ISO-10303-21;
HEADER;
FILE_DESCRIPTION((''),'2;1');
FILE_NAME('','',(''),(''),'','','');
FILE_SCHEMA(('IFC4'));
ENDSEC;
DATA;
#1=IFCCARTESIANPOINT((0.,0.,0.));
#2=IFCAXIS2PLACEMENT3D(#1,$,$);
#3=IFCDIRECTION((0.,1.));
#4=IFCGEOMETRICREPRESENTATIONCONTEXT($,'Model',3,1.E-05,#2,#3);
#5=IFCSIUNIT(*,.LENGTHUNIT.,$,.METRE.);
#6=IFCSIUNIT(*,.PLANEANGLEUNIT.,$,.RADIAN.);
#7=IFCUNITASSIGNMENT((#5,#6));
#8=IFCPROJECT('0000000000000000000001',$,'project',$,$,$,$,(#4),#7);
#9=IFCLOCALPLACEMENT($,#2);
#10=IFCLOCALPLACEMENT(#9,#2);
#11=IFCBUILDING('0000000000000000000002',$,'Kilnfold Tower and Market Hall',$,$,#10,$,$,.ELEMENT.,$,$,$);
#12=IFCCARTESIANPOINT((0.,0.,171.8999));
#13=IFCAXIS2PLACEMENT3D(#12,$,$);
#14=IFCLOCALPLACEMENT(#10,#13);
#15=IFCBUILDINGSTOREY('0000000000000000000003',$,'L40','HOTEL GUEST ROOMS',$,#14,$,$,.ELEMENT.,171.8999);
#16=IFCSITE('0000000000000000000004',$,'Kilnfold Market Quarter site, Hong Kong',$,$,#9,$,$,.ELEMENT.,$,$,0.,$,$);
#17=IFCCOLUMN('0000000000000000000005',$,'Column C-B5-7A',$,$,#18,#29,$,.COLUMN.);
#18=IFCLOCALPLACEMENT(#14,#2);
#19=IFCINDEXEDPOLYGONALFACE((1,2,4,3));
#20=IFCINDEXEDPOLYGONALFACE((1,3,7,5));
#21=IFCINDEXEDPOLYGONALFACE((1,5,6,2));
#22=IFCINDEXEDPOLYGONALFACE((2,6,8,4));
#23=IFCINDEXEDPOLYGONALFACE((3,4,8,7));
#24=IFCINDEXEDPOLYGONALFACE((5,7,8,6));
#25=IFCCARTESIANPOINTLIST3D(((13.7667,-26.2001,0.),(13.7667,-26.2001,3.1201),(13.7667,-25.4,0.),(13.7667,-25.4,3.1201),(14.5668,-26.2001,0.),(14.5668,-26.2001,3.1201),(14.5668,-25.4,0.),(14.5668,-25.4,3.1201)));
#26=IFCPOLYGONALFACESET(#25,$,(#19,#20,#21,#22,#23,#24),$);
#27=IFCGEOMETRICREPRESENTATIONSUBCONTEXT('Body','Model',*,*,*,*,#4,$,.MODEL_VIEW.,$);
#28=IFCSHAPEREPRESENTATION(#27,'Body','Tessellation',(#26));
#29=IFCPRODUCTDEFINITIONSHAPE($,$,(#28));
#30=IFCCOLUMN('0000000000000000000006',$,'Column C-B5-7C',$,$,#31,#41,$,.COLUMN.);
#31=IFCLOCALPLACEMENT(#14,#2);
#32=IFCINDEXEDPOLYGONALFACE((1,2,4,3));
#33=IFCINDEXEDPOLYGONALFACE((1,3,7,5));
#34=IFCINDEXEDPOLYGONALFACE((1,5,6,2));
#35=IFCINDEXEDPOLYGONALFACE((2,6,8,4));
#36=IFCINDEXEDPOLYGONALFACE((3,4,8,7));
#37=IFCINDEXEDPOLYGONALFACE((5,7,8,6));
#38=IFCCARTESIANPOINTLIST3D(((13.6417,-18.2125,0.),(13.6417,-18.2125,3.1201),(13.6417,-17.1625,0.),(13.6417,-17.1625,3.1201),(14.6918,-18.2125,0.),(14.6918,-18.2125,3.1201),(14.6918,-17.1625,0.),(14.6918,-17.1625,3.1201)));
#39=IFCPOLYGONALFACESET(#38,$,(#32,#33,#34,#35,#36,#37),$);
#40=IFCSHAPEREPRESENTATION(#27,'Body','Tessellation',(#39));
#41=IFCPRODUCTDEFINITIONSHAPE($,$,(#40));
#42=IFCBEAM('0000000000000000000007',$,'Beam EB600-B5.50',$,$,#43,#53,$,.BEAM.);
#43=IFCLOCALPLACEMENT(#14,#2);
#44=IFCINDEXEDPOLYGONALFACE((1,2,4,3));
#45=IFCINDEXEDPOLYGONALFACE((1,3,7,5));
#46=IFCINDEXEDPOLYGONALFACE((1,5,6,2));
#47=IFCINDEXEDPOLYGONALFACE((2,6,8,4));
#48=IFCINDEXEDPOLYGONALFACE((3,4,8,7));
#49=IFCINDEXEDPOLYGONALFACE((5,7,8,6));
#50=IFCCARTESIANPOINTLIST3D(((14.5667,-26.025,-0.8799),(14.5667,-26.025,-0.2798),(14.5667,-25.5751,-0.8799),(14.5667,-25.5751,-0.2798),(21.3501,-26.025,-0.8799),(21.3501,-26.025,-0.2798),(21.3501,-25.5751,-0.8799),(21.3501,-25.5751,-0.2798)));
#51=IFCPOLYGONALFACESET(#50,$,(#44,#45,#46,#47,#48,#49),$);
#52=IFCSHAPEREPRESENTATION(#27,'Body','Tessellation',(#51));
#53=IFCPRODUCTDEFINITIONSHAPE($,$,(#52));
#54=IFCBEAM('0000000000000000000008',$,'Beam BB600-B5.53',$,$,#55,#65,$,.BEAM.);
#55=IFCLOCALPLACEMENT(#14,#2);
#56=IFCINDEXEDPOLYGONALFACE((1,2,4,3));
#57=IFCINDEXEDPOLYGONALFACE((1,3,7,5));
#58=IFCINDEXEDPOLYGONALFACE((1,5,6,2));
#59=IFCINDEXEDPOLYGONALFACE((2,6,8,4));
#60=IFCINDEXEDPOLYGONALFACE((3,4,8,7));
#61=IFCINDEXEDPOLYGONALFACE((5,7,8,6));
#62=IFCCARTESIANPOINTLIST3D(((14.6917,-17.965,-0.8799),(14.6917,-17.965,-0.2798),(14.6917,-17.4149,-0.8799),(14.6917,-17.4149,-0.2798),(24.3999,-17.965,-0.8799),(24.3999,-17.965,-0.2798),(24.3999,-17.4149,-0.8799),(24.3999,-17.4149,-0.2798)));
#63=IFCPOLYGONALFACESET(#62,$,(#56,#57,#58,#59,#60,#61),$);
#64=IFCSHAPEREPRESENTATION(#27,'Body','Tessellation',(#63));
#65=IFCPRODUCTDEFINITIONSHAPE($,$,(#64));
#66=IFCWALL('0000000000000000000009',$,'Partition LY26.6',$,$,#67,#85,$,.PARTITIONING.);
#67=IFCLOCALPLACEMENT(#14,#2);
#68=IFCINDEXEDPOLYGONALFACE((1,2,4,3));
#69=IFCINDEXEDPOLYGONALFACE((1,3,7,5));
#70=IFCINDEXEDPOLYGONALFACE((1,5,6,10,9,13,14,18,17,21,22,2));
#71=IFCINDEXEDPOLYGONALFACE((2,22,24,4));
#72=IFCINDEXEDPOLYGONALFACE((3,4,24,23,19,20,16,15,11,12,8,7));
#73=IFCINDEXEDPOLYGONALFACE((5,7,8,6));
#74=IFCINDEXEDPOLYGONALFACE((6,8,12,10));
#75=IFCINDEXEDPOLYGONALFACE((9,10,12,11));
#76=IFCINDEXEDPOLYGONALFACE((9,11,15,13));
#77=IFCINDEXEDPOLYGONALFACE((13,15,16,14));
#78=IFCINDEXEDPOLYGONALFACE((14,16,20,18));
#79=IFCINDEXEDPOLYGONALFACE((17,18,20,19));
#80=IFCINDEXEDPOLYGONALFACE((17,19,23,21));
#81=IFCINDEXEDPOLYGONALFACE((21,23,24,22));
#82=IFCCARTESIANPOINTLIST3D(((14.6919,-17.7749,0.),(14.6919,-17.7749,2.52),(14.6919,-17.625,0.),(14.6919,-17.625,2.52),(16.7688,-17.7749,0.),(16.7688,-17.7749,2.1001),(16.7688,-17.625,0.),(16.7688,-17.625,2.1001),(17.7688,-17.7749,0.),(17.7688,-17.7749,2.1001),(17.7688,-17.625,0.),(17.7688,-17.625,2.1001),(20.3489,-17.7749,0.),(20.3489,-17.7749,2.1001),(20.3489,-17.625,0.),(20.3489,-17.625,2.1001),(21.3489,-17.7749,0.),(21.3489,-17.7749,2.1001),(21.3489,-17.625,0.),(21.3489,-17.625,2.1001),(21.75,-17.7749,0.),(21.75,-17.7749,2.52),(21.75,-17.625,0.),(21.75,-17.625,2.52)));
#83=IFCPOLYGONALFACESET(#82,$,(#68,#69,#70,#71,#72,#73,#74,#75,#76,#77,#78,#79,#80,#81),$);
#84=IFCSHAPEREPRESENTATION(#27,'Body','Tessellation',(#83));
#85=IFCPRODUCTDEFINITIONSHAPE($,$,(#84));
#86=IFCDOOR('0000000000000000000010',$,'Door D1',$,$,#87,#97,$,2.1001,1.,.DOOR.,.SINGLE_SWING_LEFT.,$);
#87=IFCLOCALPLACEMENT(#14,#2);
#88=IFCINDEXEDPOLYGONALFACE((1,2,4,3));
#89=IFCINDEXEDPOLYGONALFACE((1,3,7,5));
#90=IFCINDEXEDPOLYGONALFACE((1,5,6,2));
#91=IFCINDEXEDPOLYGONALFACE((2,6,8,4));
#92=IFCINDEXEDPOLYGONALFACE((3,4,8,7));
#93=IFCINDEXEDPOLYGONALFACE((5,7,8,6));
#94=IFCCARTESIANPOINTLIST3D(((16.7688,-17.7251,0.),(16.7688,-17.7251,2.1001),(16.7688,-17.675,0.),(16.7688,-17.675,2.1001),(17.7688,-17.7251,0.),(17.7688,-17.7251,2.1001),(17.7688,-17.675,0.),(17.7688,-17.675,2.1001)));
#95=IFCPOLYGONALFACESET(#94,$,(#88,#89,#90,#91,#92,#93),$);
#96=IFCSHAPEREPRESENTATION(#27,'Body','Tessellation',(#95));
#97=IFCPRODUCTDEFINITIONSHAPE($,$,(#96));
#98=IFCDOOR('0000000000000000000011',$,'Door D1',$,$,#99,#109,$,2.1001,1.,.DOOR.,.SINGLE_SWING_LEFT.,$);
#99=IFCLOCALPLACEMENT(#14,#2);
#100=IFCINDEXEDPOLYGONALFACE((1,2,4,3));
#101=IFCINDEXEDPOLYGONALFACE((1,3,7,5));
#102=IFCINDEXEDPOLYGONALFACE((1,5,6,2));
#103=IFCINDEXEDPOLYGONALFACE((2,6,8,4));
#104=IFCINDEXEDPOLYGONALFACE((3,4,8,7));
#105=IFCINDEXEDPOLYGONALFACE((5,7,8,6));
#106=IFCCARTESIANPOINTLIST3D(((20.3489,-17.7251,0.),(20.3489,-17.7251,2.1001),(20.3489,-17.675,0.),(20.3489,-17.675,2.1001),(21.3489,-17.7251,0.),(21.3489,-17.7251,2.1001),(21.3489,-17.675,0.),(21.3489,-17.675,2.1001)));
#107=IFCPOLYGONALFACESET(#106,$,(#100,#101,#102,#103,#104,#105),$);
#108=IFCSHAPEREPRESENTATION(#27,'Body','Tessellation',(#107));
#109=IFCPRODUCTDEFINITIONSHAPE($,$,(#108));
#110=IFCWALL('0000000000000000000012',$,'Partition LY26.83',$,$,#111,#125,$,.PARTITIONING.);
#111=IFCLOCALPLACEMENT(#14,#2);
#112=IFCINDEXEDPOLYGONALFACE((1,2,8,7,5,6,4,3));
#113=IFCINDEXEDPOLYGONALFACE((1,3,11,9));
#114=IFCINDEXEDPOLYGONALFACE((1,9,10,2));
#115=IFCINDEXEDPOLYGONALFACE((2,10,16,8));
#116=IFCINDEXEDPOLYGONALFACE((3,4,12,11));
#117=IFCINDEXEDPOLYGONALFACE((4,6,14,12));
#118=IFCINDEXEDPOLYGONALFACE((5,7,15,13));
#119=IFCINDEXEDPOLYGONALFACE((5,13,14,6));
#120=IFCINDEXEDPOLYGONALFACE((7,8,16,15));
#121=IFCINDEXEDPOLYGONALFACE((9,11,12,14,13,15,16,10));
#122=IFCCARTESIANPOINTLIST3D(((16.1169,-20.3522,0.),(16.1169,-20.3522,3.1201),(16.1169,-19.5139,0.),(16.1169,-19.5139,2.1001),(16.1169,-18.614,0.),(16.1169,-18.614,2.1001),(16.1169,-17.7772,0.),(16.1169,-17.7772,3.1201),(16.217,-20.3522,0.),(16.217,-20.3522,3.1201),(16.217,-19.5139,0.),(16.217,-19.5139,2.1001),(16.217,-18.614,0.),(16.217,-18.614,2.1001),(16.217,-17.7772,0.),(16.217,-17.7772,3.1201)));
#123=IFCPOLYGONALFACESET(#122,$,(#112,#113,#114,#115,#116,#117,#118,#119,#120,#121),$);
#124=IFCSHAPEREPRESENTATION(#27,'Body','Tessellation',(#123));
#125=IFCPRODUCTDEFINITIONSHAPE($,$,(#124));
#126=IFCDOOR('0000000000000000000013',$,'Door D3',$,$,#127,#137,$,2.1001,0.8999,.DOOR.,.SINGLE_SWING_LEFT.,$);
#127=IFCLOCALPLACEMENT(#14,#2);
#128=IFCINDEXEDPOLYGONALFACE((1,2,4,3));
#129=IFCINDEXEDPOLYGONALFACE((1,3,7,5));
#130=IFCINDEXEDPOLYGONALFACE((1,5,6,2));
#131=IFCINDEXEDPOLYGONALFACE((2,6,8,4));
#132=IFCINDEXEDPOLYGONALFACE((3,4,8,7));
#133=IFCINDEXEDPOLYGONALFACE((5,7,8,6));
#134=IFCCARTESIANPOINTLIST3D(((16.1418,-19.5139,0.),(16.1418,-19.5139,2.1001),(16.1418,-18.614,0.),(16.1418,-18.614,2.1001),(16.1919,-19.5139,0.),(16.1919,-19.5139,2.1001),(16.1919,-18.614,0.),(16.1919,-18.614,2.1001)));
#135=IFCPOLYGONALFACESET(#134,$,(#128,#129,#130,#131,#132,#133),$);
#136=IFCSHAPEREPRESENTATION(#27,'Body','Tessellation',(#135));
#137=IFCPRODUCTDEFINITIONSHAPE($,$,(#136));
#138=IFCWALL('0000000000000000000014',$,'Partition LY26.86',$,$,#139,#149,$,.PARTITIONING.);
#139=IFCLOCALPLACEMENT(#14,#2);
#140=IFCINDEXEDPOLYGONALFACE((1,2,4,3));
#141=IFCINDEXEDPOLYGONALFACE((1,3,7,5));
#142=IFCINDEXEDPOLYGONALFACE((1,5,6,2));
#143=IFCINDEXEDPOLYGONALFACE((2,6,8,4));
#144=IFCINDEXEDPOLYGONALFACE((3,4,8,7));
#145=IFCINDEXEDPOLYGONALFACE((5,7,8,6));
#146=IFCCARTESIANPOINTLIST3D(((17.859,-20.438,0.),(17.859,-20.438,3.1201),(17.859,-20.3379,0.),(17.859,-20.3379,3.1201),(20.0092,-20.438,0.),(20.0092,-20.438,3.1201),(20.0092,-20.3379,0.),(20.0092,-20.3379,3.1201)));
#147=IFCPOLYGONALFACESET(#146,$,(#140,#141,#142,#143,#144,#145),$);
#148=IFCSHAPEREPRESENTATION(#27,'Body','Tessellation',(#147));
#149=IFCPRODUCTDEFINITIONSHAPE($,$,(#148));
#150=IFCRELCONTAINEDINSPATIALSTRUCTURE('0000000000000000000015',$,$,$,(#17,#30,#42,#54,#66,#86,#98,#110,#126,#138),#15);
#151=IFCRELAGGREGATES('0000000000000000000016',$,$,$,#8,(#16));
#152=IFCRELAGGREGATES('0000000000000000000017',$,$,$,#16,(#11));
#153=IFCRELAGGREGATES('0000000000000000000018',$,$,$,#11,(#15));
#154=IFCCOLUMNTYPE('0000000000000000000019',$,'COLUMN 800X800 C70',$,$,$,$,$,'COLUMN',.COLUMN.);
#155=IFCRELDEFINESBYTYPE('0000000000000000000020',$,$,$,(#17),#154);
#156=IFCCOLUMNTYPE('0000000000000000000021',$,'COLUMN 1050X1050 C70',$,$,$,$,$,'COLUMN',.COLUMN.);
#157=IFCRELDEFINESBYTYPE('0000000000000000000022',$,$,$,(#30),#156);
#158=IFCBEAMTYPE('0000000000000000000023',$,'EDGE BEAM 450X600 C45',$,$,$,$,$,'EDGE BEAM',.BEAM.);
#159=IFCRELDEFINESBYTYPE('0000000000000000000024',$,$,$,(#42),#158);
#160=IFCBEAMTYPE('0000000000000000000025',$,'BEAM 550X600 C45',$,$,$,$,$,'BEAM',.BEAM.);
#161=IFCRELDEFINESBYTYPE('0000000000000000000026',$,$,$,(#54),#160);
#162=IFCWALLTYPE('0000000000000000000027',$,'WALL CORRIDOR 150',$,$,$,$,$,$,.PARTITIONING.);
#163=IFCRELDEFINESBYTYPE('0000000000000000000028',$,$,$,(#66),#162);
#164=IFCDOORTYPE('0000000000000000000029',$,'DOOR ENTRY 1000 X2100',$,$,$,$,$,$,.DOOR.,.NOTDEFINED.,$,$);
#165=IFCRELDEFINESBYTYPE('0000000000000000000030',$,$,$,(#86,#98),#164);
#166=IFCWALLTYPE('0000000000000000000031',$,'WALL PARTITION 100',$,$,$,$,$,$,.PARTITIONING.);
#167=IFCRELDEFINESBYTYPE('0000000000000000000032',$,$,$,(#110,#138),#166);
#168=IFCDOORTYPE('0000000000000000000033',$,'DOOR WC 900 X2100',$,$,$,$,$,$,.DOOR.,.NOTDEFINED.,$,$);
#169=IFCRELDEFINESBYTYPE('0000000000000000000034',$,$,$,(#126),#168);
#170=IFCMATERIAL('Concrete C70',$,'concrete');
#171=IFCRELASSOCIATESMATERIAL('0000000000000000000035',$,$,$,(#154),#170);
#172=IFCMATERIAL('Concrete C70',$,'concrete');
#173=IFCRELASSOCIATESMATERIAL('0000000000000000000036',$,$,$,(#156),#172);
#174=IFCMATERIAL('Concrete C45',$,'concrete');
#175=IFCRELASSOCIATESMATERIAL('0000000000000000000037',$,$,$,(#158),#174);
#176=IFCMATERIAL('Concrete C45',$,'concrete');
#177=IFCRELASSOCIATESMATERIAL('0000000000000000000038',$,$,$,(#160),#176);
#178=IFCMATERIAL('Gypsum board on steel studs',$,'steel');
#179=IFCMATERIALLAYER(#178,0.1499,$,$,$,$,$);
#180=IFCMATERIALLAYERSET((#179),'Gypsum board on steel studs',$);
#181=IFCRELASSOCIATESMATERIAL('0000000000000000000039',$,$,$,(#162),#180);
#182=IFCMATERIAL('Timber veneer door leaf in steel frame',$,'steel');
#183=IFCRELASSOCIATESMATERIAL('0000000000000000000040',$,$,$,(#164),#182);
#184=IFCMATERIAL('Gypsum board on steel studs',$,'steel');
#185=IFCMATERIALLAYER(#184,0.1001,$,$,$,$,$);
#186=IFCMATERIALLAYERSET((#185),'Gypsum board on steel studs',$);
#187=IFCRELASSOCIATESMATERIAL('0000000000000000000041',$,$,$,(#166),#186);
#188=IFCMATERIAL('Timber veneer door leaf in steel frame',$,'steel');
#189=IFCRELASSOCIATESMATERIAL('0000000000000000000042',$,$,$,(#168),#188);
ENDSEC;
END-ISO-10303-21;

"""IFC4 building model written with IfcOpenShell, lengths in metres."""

from ifc_helpers import new_model, si_unit, direction, frame, frame_2d, origin, origin_2d, place, context, subcontext, project, spatial, rectangle, extrude, source, transform, mapped, material, layer, layer_set, material_profile, profile_set, type_object, element, fill, save


model = new_model("IFC4")

# Units and contexts
model_context = context("Model", 3, precision=1e-05, world=origin(), true_north=direction((0.0, 1.0)))
body_context = subcontext(model_context, "Body", "Model", "MODEL_VIEW")
ifc_project = project(units=[si_unit("LENGTHUNIT", "METRE"), si_unit("PLANEANGLEUNIT", "RADIAN")], contexts=[model_context])

# Site, building, storey
site_placement = place(None, origin())
site = spatial("IfcSite", under=ifc_project, at=site_placement, Name="Kilnfold Market Quarter site, Hong Kong", CompositionType="ELEMENT", RefElevation=0.0)
building_placement = place(site_placement, origin())
building = spatial("IfcBuilding", under=site, at=building_placement, Name="Kilnfold Tower and Market Hall", CompositionType="ELEMENT")
storey_placement = place(building_placement, frame((0.0, 0.0, 171.8999)))
storey = spatial("IfcBuildingStorey", under=building, at=storey_placement, Name="L40", Description="HOTEL GUEST ROOMS", CompositionType="ELEMENT", Elevation=171.8999)

# Columns
ifc_material_1 = material(Name="Concrete C70", Category="concrete")
ifc_material_profile_1 = material_profile(ifc_material_1, rectangle(XDim=0.8, YDim=0.8, at=origin_2d()), Name="RC 800x800")
ifc_profile_set_1 = profile_set([ifc_material_profile_1], Name="Concrete C70")
column_type_1 = type_object("IfcColumnType", Name="COLUMN 800X800 C70", ElementType="COLUMN", PredefinedType="COLUMN", material=ifc_profile_set_1)
shared_shape_1 = source(origin(), body_context, "Body", "SweptSolid", [
    extrude(rectangle(XDim=0.8, YDim=0.8, at=origin_2d()), origin(), (0.0, 0.0, 1.0), 3.1201),
])
column_1_placement = place(storey_placement, frame((14.1667, -25.8, 0.0), z_axis=(0.0, 0.0, 1.0), x_axis=(1.0, 0.0, 0.0)))
element("IfcColumn", 1, at=column_1_placement, inside=storey, type_object=column_type_1, Name="Column C-B5-7A", PredefinedType="COLUMN", context=body_context, shape_type="MappedRepresentation", body=[
    mapped(shared_shape_1, transform((0.0, 0.0, 0.0))),
])
ifc_material_2 = material(Name="Concrete C70", Category="concrete")
ifc_material_profile_2 = material_profile(ifc_material_2, rectangle(XDim=1.05, YDim=1.05, at=origin_2d()), Name="RC 1050x1050")
ifc_profile_set_2 = profile_set([ifc_material_profile_2], Name="Concrete C70")
column_type_2 = type_object("IfcColumnType", Name="COLUMN 1050X1050 C70", ElementType="COLUMN", PredefinedType="COLUMN", material=ifc_profile_set_2)
shared_shape_2 = source(origin(), body_context, "Body", "SweptSolid", [
    extrude(rectangle(XDim=1.05, YDim=1.05, at=origin_2d()), origin(), (0.0, 0.0, 1.0), 3.1201),
])
column_2_placement = place(storey_placement, frame((14.1667, -17.6875, 0.0), z_axis=(0.0, 0.0, 1.0), x_axis=(1.0, 0.0, 0.0)))
element("IfcColumn", 2, at=column_2_placement, inside=storey, type_object=column_type_2, Name="Column C-B5-7C", PredefinedType="COLUMN", context=body_context, shape_type="MappedRepresentation", body=[
    mapped(shared_shape_2, transform((0.0, 0.0, 0.0))),
])

# Beams
ifc_material_3 = material(Name="Concrete C45", Category="concrete")
ifc_material_profile_3 = material_profile(ifc_material_3, rectangle(XDim=0.45, YDim=0.6001, at=origin_2d()), Name="RC 450x600")
ifc_profile_set_3 = profile_set([ifc_material_profile_3], Name="Concrete C45")
beam_type_1 = type_object("IfcBeamType", Name="EDGE BEAM 450X600 C45", ElementType="EDGE BEAM", PredefinedType="BEAM", material=ifc_profile_set_3)
shared_shape_3 = source(origin(), body_context, "Body", "SweptSolid", [
    extrude(rectangle(XDim=0.45, YDim=0.6001, at=origin_2d()), origin(), (0.0, 0.0, 1.0), 6.7834),
])
beam_1_placement = place(storey_placement, frame((14.5667, -25.8, -0.5798), z_axis=(1.0, 0.0, 0.0), x_axis=(0.0, 1.0, 0.0)))
element("IfcBeam", 3, at=beam_1_placement, inside=storey, type_object=beam_type_1, Name="Beam EB600-B5.50", PredefinedType="BEAM", context=body_context, shape_type="MappedRepresentation", body=[
    mapped(shared_shape_3, transform((0.0, 0.0, 0.0))),
])
ifc_material_4 = material(Name="Concrete C45", Category="concrete")
ifc_material_profile_4 = material_profile(ifc_material_4, rectangle(XDim=0.55, YDim=0.6001, at=origin_2d()), Name="RC 550x600")
ifc_profile_set_4 = profile_set([ifc_material_profile_4], Name="Concrete C45")
beam_type_2 = type_object("IfcBeamType", Name="BEAM 550X600 C45", ElementType="BEAM", PredefinedType="BEAM", material=ifc_profile_set_4)
shared_shape_4 = source(origin(), body_context, "Body", "SweptSolid", [
    extrude(rectangle(XDim=0.55, YDim=0.6001, at=origin_2d()), origin(), (0.0, 0.0, 1.0), 9.7083),
])
beam_2_placement = place(storey_placement, frame((14.6917, -17.6899, -0.5798), z_axis=(1.0, 0.0, 0.0), x_axis=(0.0, 1.0, 0.0)))
element("IfcBeam", 4, at=beam_2_placement, inside=storey, type_object=beam_type_2, Name="Beam BB600-B5.53", PredefinedType="BEAM", context=body_context, shape_type="MappedRepresentation", body=[
    mapped(shared_shape_4, transform((0.0, 0.0, 0.0))),
])

# Wall, openings, doors
ifc_material_5 = material(Name="Gypsum board on steel studs", Category="steel")
ifc_layer_1 = layer(ifc_material_5, 0.1499)
ifc_layer_set_1 = layer_set([ifc_layer_1], Name="Gypsum board on steel studs")
wall_type_1 = type_object("IfcWallType", Name="WALL CORRIDOR 150", PredefinedType="PARTITIONING", material=ifc_layer_set_1)
wall_1_placement = place(storey_placement, frame((14.6919, -17.7, 0.0), z_axis=(0.0, 0.0, 1.0), x_axis=(1.0, 0.0, 0.0)))
wall_1 = element("IfcWall", 5, at=wall_1_placement, inside=storey, type_object=wall_type_1, Name="Partition LY26.6", PredefinedType="PARTITIONING", context=body_context, shape_type="SweptSolid", body=[
    extrude(rectangle(XDim=7.0581, YDim=0.1499, at=frame_2d((3.5291, 0.0))), origin(), (0.0, 0.0, 1.0), 2.52),
])
opening_1_placement = place(wall_1_placement, frame((2.0769, 0.0, 0.0)))
opening_1 = element("IfcOpeningElement", 6, at=opening_1_placement, cuts=wall_1, PredefinedType="OPENING", context=body_context, shape_type="SweptSolid", body=[
    extrude(rectangle(XDim=1.0, YDim=2.1001, at=frame_2d((0.5, 1.05))), frame((0.0, 0.085, 0.0), z_axis=(0.0, -1.0, 0.0), x_axis=(1.0, 0.0, 0.0)), (0.0, 0.0, 1.0), 0.1699),
])
opening_2_placement = place(wall_1_placement, frame((5.657, 0.0, 0.0)))
opening_2 = element("IfcOpeningElement", 7, at=opening_2_placement, cuts=wall_1, PredefinedType="OPENING", context=body_context, shape_type="SweptSolid", body=[
    extrude(rectangle(XDim=1.0, YDim=2.1001, at=frame_2d((0.5, 1.05))), frame((0.0, 0.085, 0.0), z_axis=(0.0, -1.0, 0.0), x_axis=(1.0, 0.0, 0.0)), (0.0, 0.0, 1.0), 0.1699),
])
ifc_material_6 = material(Name="Timber veneer door leaf in steel frame", Category="steel")
door_type_1 = type_object("IfcDoorType", Name="DOOR ENTRY 1000 X2100", OperationType="NOTDEFINED", PredefinedType="DOOR", material=ifc_material_6)
door_1_placement = place(opening_1_placement, origin())
door_1 = element("IfcDoor", 8, at=door_1_placement, inside=storey, type_object=door_type_1, Name="Door D1", OperationType="SINGLE_SWING_LEFT", OverallHeight=2.1001, OverallWidth=1.0, PredefinedType="DOOR", context=body_context, shape_type="SweptSolid", body=[
    extrude(rectangle(XDim=1.0, YDim=2.1001, at=frame_2d((0.5, 1.05))), frame((0.0, 0.0249, 0.0), z_axis=(0.0, -1.0, 0.0), x_axis=(1.0, 0.0, 0.0)), (0.0, 0.0, 1.0), 0.05),
])
fill(opening_1, door_1)
door_2_placement = place(opening_2_placement, origin())
door_2 = element("IfcDoor", 9, at=door_2_placement, inside=storey, type_object=door_type_1, Name="Door D1", OperationType="SINGLE_SWING_LEFT", OverallHeight=2.1001, OverallWidth=1.0, PredefinedType="DOOR", context=body_context, shape_type="SweptSolid", body=[
    extrude(rectangle(XDim=1.0, YDim=2.1001, at=frame_2d((0.5, 1.05))), frame((0.0, 0.0249, 0.0), z_axis=(0.0, -1.0, 0.0), x_axis=(1.0, 0.0, 0.0)), (0.0, 0.0, 1.0), 0.05),
])
fill(opening_2, door_2)

# Wall, opening, door
ifc_material_7 = material(Name="Gypsum board on steel studs", Category="steel")
ifc_layer_2 = layer(ifc_material_7, 0.1001)
ifc_layer_set_2 = layer_set([ifc_layer_2], Name="Gypsum board on steel studs")
wall_type_2 = type_object("IfcWallType", Name="WALL PARTITION 100", PredefinedType="PARTITIONING", material=ifc_layer_set_2)
wall_2_placement = place(storey_placement, frame((16.167, -17.7771, 0.0), z_axis=(0.0, 0.0, 1.0), x_axis=(0.0, -1.0, 0.0)))
wall_2 = element("IfcWall", 10, at=wall_2_placement, inside=storey, type_object=wall_type_2, Name="Partition LY26.83", PredefinedType="PARTITIONING", context=body_context, shape_type="SweptSolid", body=[
    extrude(rectangle(XDim=2.575, YDim=0.1001, at=frame_2d((1.2876, 0.0))), origin(), (0.0, 0.0, 1.0), 3.1201),
])
opening_3_placement = place(wall_2_placement, frame((0.8369, 0.0, 0.0)))
opening_3 = element("IfcOpeningElement", 11, at=opening_3_placement, cuts=wall_2, PredefinedType="OPENING", context=body_context, shape_type="SweptSolid", body=[
    extrude(rectangle(XDim=0.8999, YDim=2.1001, at=frame_2d((0.45, 1.05))), frame((0.0, 0.0601, 0.0), z_axis=(0.0, -1.0, 0.0), x_axis=(1.0, 0.0, 0.0)), (0.0, 0.0, 1.0), 0.1201),
])
ifc_material_8 = material(Name="Timber veneer door leaf in steel frame", Category="steel")
door_type_2 = type_object("IfcDoorType", Name="DOOR WC 900 X2100", OperationType="NOTDEFINED", PredefinedType="DOOR", material=ifc_material_8)
door_3_placement = place(opening_3_placement, origin())
door_3 = element("IfcDoor", 12, at=door_3_placement, inside=storey, type_object=door_type_2, Name="Door D3", OperationType="SINGLE_SWING_LEFT", OverallHeight=2.1001, OverallWidth=0.8999, PredefinedType="DOOR", context=body_context, shape_type="SweptSolid", body=[
    extrude(rectangle(XDim=0.8999, YDim=2.1001, at=frame_2d((0.45, 1.05))), frame((0.0, 0.0249, 0.0), z_axis=(0.0, -1.0, 0.0), x_axis=(1.0, 0.0, 0.0)), (0.0, 0.0, 1.0), 0.05),
])
fill(opening_3, door_3)

# Wall
wall_3_placement = place(storey_placement, frame((17.8589, -20.3879, 0.0), z_axis=(0.0, 0.0, 1.0), x_axis=(1.0, 0.0, 0.0)))
element("IfcWall", 13, at=wall_3_placement, inside=storey, type_object=wall_type_2, Name="Partition LY26.86", PredefinedType="PARTITIONING", context=body_context, shape_type="SweptSolid", body=[
    extrude(rectangle(XDim=2.1501, YDim=0.1001, at=frame_2d((1.0752, 0.0))), origin(), (0.0, 0.0, 1.0), 3.1201),
])

save(model, "model.ifc")
